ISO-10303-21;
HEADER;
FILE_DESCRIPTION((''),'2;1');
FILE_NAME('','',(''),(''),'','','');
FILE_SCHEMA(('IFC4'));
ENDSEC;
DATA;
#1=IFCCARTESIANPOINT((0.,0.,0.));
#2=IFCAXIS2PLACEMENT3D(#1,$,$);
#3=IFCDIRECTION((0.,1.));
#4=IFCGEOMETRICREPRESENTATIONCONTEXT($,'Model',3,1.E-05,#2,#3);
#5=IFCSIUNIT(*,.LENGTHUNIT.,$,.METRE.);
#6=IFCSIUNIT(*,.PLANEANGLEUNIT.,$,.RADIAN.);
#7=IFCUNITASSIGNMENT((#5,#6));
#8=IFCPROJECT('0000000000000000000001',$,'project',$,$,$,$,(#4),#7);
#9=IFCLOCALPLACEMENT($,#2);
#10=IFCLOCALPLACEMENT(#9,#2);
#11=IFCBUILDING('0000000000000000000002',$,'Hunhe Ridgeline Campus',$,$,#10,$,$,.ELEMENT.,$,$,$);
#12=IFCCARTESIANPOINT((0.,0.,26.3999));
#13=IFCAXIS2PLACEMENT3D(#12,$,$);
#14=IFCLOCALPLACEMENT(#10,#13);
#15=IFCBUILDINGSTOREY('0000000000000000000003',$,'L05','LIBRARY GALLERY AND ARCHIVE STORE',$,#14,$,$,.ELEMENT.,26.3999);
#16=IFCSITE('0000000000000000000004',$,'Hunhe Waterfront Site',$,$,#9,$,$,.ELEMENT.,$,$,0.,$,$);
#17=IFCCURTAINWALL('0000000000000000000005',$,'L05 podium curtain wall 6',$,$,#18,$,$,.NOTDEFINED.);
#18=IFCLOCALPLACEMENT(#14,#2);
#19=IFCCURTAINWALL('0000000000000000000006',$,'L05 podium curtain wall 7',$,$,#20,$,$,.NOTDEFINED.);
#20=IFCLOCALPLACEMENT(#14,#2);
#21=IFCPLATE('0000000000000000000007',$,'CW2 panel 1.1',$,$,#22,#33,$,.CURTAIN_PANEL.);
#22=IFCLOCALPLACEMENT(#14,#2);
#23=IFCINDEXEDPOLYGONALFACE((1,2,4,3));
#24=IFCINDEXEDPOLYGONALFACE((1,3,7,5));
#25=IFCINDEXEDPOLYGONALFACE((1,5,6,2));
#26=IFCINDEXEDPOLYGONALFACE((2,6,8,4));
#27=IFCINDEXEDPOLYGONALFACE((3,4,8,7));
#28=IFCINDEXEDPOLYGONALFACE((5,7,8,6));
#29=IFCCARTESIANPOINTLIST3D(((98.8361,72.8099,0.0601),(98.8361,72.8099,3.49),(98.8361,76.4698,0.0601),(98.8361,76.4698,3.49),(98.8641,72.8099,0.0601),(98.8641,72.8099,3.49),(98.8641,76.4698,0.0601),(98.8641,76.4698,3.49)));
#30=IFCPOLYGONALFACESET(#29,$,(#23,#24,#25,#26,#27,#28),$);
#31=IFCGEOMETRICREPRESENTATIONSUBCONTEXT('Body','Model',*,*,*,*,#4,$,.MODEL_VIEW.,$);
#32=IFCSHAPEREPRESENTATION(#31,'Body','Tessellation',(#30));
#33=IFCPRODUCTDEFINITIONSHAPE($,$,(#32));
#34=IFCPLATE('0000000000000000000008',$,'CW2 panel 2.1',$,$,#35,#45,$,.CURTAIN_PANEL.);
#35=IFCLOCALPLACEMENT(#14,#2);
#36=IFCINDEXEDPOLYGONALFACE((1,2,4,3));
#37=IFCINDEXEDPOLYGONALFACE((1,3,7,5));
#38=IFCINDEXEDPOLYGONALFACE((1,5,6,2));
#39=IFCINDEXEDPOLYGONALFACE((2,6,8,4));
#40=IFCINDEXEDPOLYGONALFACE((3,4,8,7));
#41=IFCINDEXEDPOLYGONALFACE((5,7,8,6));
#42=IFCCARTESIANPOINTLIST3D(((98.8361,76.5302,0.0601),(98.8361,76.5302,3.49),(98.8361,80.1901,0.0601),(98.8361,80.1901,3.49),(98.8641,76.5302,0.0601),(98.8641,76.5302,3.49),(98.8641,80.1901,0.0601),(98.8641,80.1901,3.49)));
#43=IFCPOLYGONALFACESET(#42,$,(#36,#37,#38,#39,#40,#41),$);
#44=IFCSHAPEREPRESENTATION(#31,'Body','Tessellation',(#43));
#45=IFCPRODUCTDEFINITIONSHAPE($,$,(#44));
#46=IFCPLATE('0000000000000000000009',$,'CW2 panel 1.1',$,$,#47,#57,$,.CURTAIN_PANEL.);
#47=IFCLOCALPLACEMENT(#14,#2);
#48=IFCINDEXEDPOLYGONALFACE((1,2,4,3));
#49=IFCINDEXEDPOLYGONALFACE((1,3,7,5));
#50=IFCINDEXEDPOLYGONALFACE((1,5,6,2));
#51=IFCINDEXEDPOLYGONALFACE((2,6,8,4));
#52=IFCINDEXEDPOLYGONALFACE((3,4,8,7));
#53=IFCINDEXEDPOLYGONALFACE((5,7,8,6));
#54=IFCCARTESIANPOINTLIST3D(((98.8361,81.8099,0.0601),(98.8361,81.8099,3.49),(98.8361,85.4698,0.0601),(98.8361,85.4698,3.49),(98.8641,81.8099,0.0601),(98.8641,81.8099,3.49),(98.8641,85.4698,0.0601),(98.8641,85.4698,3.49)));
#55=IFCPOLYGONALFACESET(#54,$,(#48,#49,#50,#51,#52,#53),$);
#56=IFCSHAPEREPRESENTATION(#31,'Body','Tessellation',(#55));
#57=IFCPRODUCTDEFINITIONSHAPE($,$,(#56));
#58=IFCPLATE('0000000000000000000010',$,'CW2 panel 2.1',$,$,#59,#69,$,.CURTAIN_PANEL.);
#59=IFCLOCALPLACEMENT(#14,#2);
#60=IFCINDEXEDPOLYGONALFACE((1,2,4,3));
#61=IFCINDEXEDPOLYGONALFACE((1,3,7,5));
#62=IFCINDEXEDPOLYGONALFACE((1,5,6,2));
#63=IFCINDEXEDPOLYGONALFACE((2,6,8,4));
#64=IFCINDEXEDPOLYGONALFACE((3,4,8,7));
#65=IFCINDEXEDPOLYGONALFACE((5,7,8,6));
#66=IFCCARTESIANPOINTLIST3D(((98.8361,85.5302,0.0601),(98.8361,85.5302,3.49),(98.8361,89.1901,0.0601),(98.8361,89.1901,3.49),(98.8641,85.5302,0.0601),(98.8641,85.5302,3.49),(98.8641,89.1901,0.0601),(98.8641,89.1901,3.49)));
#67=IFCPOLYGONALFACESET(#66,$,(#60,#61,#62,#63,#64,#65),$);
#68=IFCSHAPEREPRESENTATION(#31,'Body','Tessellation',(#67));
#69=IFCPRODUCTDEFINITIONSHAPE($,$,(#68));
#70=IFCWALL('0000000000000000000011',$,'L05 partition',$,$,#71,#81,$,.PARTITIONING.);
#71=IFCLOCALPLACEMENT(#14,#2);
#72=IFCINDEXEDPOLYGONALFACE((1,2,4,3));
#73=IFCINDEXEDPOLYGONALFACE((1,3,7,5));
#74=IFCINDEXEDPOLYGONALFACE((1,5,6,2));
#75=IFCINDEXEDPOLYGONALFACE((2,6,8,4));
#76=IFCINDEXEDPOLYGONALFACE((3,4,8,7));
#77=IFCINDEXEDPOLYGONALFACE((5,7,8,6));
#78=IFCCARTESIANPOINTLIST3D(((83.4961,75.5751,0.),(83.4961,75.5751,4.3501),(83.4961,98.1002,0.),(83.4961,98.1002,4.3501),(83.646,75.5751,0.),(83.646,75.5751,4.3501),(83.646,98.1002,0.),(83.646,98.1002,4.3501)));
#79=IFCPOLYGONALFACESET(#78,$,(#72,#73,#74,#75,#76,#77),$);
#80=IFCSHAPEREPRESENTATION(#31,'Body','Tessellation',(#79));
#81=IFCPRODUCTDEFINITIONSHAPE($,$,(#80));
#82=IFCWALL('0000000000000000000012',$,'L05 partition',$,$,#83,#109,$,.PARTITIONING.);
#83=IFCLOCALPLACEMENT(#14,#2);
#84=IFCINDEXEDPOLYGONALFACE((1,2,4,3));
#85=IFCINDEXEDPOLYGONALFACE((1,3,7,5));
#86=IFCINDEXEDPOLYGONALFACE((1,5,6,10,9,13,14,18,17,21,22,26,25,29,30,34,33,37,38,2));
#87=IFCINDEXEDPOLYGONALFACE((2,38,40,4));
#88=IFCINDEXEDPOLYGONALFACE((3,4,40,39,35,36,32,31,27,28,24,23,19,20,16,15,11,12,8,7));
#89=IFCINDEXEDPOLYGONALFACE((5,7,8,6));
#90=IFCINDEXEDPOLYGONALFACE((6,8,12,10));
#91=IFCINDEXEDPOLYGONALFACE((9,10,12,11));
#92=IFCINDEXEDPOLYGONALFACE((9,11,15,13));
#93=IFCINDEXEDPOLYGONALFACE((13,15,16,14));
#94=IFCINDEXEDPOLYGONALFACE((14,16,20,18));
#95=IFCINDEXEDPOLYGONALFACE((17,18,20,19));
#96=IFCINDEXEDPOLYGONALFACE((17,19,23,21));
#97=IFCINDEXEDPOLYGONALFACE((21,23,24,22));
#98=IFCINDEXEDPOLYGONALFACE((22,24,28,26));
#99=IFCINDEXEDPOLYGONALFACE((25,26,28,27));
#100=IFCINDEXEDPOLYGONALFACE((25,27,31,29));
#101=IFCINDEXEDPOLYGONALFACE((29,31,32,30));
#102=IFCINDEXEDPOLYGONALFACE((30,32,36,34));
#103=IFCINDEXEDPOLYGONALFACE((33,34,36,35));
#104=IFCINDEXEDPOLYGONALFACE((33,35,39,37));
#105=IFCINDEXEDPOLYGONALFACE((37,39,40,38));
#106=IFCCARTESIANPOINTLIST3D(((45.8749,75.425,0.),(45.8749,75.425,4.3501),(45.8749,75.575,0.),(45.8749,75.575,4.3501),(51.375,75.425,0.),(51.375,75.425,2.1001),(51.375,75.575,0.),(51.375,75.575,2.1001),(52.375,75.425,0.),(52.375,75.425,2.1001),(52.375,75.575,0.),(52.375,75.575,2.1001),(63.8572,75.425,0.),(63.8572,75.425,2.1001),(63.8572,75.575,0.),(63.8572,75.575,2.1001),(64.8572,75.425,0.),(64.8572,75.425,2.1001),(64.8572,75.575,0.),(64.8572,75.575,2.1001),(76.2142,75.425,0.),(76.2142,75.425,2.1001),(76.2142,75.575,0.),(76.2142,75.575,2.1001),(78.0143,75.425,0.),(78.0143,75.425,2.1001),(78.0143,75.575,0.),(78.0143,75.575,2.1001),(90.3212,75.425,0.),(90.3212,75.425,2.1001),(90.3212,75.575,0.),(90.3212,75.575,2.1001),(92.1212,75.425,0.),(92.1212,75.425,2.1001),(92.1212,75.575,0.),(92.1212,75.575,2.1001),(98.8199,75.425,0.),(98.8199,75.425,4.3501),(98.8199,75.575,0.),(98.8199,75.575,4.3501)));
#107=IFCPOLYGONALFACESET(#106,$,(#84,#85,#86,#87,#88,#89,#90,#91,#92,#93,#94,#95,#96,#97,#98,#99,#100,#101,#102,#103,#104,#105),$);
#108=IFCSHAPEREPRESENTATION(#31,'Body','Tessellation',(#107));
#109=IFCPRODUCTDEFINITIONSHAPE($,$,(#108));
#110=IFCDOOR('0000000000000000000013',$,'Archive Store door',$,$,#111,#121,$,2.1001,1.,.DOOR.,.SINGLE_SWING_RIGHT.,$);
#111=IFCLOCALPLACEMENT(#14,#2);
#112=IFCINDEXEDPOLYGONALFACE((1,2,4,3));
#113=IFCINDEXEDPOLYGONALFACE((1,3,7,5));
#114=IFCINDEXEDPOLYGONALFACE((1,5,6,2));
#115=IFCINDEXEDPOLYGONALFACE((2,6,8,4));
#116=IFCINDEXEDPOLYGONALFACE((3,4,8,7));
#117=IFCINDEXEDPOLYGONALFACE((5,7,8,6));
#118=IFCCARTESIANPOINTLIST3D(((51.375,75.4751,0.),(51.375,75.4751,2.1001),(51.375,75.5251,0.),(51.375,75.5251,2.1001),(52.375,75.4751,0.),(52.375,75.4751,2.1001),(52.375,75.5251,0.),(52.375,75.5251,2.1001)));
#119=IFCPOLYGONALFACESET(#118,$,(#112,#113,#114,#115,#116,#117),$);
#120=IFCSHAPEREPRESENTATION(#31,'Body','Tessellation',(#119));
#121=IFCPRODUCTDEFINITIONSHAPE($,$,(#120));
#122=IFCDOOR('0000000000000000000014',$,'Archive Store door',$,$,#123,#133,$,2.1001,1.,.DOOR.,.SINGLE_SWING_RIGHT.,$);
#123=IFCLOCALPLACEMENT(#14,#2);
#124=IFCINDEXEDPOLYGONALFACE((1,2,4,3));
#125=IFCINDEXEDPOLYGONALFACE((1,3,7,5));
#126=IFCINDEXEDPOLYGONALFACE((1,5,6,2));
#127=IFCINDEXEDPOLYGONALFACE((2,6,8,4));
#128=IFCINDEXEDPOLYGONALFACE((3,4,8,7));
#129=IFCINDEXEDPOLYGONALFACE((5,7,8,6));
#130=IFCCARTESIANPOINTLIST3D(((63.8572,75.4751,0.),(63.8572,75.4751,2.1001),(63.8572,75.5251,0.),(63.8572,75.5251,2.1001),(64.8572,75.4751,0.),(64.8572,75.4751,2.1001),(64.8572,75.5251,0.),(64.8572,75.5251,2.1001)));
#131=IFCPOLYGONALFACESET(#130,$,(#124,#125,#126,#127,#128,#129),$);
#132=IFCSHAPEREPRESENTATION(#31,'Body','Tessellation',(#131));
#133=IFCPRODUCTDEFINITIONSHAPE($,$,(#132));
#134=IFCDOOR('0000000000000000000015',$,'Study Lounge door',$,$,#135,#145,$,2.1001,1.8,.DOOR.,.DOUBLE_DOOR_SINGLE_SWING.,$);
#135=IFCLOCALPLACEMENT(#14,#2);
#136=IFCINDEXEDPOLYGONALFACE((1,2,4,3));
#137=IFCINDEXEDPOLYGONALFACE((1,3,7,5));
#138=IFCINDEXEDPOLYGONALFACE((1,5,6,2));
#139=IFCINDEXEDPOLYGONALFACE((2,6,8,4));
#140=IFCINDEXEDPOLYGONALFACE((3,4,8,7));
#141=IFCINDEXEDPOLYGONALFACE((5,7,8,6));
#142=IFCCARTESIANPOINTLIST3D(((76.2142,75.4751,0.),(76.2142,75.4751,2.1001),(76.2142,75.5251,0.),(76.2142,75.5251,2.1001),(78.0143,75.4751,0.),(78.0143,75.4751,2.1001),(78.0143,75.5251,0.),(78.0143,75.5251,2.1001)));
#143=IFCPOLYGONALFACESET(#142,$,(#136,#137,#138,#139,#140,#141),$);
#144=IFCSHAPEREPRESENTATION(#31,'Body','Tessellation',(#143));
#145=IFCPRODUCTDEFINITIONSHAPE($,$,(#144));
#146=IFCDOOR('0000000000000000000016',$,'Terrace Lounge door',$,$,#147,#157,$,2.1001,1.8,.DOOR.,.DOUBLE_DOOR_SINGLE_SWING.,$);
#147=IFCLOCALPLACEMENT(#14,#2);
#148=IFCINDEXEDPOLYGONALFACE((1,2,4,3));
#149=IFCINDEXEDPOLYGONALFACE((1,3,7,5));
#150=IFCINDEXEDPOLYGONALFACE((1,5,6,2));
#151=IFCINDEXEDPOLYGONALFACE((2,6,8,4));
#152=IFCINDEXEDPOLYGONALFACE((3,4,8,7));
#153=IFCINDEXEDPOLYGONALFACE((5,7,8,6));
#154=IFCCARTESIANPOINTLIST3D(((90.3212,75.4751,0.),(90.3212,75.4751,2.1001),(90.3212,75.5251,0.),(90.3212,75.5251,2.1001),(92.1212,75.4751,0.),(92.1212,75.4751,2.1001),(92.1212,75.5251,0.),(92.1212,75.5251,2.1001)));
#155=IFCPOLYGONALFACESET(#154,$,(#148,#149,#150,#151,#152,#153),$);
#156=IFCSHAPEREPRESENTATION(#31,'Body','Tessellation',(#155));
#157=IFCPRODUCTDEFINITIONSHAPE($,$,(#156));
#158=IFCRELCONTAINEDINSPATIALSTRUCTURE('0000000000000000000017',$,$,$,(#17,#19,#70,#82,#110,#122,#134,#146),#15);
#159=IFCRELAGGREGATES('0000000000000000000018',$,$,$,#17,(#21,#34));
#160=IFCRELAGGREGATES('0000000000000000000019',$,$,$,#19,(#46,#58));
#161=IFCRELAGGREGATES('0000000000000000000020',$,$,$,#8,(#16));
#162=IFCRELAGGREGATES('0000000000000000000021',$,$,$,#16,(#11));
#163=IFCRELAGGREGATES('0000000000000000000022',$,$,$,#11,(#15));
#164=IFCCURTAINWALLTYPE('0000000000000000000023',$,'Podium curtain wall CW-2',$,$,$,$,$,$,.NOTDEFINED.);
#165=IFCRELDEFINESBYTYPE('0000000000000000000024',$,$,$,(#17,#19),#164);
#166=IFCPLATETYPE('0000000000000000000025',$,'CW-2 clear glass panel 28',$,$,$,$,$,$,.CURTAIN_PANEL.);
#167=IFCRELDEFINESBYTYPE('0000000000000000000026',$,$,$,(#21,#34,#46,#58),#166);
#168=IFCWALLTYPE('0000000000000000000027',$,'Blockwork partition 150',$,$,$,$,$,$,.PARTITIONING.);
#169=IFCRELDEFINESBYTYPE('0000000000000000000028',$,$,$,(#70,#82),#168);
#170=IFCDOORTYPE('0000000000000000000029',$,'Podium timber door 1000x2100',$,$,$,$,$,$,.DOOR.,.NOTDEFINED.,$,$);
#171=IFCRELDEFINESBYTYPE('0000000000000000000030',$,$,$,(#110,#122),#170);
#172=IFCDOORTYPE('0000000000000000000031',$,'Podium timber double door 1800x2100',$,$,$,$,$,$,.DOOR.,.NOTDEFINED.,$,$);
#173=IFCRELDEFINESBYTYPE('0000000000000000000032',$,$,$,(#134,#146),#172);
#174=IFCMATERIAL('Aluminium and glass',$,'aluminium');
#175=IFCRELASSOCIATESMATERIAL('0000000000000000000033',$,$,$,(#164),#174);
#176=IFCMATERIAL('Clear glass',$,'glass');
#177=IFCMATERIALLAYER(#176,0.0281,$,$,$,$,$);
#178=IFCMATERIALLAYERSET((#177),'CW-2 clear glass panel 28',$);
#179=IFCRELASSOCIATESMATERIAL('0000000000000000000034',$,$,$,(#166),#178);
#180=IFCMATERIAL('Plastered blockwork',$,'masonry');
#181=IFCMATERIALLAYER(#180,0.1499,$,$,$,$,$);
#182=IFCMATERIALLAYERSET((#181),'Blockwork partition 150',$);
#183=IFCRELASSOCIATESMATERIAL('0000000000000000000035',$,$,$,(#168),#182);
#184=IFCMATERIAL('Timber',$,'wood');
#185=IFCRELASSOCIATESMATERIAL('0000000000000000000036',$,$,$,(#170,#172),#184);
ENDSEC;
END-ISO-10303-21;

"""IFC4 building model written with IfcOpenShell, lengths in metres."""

from ifc_helpers import new_model, si_unit, direction, frame, frame_2d, origin, origin_2d, place, context, subcontext, project, spatial, rectangle, extrude, material, layer, layer_set, type_object, element, fill, aggregate, save


model = new_model("IFC4")

# Units and contexts
model_context = context("Model", 3, precision=1e-05, world=origin(), true_north=direction((0.0, 1.0)))
body_context = subcontext(model_context, "Body", "Model", "MODEL_VIEW")
ifc_project = project(units=[si_unit("LENGTHUNIT", "METRE"), si_unit("PLANEANGLEUNIT", "RADIAN")], contexts=[model_context])

# Site, building, storey
site_placement = place(None, origin())
site = spatial("IfcSite", under=ifc_project, at=site_placement, Name="Hunhe Waterfront Site", CompositionType="ELEMENT", RefElevation=0.0)
building_placement = place(site_placement, origin())
building = spatial("IfcBuilding", under=site, at=building_placement, Name="Hunhe Ridgeline Campus", CompositionType="ELEMENT")
storey_placement = place(building_placement, frame((0.0, 0.0, 26.3999)))
storey = spatial("IfcBuildingStorey", under=building, at=storey_placement, Name="L05", Description="LIBRARY GALLERY AND ARCHIVE STORE", CompositionType="ELEMENT", Elevation=26.3999)

# Curtain walls
ifc_material_1 = material(Name="Aluminium and glass", Category="aluminium")
curtain_wall_type = type_object("IfcCurtainWallType", Name="Podium curtain wall CW-2", PredefinedType="NOTDEFINED", material=ifc_material_1)
curtain_wall_1_placement = place(storey_placement, origin())
curtain_wall_1 = element("IfcCurtainWall", 1, at=curtain_wall_1_placement, inside=storey, type_object=curtain_wall_type, Name="L05 podium curtain wall 6", PredefinedType="NOTDEFINED")
curtain_wall_2_placement = place(storey_placement, origin())
curtain_wall_2 = element("IfcCurtainWall", 2, at=curtain_wall_2_placement, inside=storey, type_object=curtain_wall_type, Name="L05 podium curtain wall 7", PredefinedType="NOTDEFINED")

# Plates
ifc_material_2 = material(Name="Clear glass", Category="glass")
ifc_layer_1 = layer(ifc_material_2, 0.0281)
ifc_layer_set_1 = layer_set([ifc_layer_1], Name="CW-2 clear glass panel 28")
plate_type = type_object("IfcPlateType", Name="CW-2 clear glass panel 28", PredefinedType="CURTAIN_PANEL", material=ifc_layer_set_1)
plate_1_placement = place(storey_placement, frame((98.8501, 74.6399, 0.0601), z_axis=(0.0, 0.0, 1.0), x_axis=(0.0, 1.0, 0.0)))
plate_1 = element("IfcPlate", 3, at=plate_1_placement, type_object=plate_type, Name="CW2 panel 1.1", PredefinedType="CURTAIN_PANEL", context=body_context, shape_type="SweptSolid", body=[
    extrude(rectangle(XDim=3.6599, YDim=0.0281, at=origin_2d()), origin(), (0.0, 0.0, 1.0), 3.4299),
])
plate_2_placement = place(storey_placement, frame((98.8501, 78.3601, 0.0601), z_axis=(0.0, 0.0, 1.0), x_axis=(0.0, 1.0, 0.0)))
plate_2 = element("IfcPlate", 4, at=plate_2_placement, type_object=plate_type, Name="CW2 panel 2.1", PredefinedType="CURTAIN_PANEL", context=body_context, shape_type="SweptSolid", body=[
    extrude(rectangle(XDim=3.6599, YDim=0.0281, at=origin_2d()), origin(), (0.0, 0.0, 1.0), 3.4299),
])
aggregate(curtain_wall_1, [plate_1, plate_2])
plate_3_placement = place(storey_placement, frame((98.8501, 83.6399, 0.0601), z_axis=(0.0, 0.0, 1.0), x_axis=(0.0, 1.0, 0.0)))
plate_3 = element("IfcPlate", 5, at=plate_3_placement, type_object=plate_type, Name="CW2 panel 1.1", PredefinedType="CURTAIN_PANEL", context=body_context, shape_type="SweptSolid", body=[
    extrude(rectangle(XDim=3.6599, YDim=0.0281, at=origin_2d()), origin(), (0.0, 0.0, 1.0), 3.4299),
])
plate_4_placement = place(storey_placement, frame((98.8501, 87.3601, 0.0601), z_axis=(0.0, 0.0, 1.0), x_axis=(0.0, 1.0, 0.0)))
plate_4 = element("IfcPlate", 6, at=plate_4_placement, type_object=plate_type, Name="CW2 panel 2.1", PredefinedType="CURTAIN_PANEL", context=body_context, shape_type="SweptSolid", body=[
    extrude(rectangle(XDim=3.6599, YDim=0.0281, at=origin_2d()), origin(), (0.0, 0.0, 1.0), 3.4299),
])
aggregate(curtain_wall_2, [plate_3, plate_4])

# Wall
ifc_material_3 = material(Name="Plastered blockwork", Category="masonry")
ifc_layer_2 = layer(ifc_material_3, 0.1499)
ifc_layer_set_2 = layer_set([ifc_layer_2], Name="Blockwork partition 150")
wall_type = type_object("IfcWallType", Name="Blockwork partition 150", PredefinedType="PARTITIONING", material=ifc_layer_set_2)
wall_1_placement = place(storey_placement, frame((83.571, 75.575, 0.0), z_axis=(0.0, 0.0, 1.0), x_axis=(0.0, 1.0, 0.0)))
element("IfcWall", 7, at=wall_1_placement, inside=storey, type_object=wall_type, Name="L05 partition", PredefinedType="PARTITIONING", context=body_context, shape_type="SweptSolid", body=[
    extrude(rectangle(XDim=22.5251, YDim=0.1499, at=frame_2d((11.2627, 0.0))), origin(), (0.0, 0.0, 1.0), 4.3501),
])

# Wall, openings, doors
wall_2_placement = place(storey_placement, frame((98.8201, 75.5, 0.0), z_axis=(0.0, 0.0, 1.0), x_axis=(-1.0, 0.0, 0.0)))
wall_2 = element("IfcWall", 8, at=wall_2_placement, inside=storey, type_object=wall_type, Name="L05 partition", PredefinedType="PARTITIONING", context=body_context, shape_type="SweptSolid", body=[
    extrude(rectangle(XDim=52.9451, YDim=0.1499, at=frame_2d((26.4727, 0.0))), origin(), (0.0, 0.0, 1.0), 4.3501),
])
opening_1_placement = place(wall_2_placement, frame((46.4451, 0.0, 0.0)))
opening_1 = element("IfcOpeningElement", 9, at=opening_1_placement, cuts=wall_2, PredefinedType="OPENING", context=body_context, shape_type="SweptSolid", body=[
    extrude(rectangle(XDim=1.0, YDim=2.1001, at=frame_2d((0.5, 1.05))), frame((0.0, 0.075, 0.0), z_axis=(0.0, -1.0, 0.0), x_axis=(1.0, 0.0, 0.0)), (0.0, 0.0, 1.0), 0.1499),
])
opening_2_placement = place(wall_2_placement, frame((33.9629, 0.0, 0.0)))
opening_2 = element("IfcOpeningElement", 10, at=opening_2_placement, cuts=wall_2, PredefinedType="OPENING", context=body_context, shape_type="SweptSolid", body=[
    extrude(rectangle(XDim=1.0, YDim=2.1001, at=frame_2d((0.5, 1.05))), frame((0.0, 0.075, 0.0), z_axis=(0.0, -1.0, 0.0), x_axis=(1.0, 0.0, 0.0)), (0.0, 0.0, 1.0), 0.1499),
])
opening_3_placement = place(wall_2_placement, frame((20.8059, 0.0, 0.0)))
opening_3 = element("IfcOpeningElement", 11, at=opening_3_placement, cuts=wall_2, PredefinedType="OPENING", context=body_context, shape_type="SweptSolid", body=[
    extrude(rectangle(XDim=1.8, YDim=2.1001, at=frame_2d((0.8999, 1.05))), frame((0.0, 0.075, 0.0), z_axis=(0.0, -1.0, 0.0), x_axis=(1.0, 0.0, 0.0)), (0.0, 0.0, 1.0), 0.1499),
])
opening_4_placement = place(wall_2_placement, frame((6.699, 0.0, 0.0)))
opening_4 = element("IfcOpeningElement", 12, at=opening_4_placement, cuts=wall_2, PredefinedType="OPENING", context=body_context, shape_type="SweptSolid", body=[
    extrude(rectangle(XDim=1.8, YDim=2.1001, at=frame_2d((0.8999, 1.05))), frame((0.0, 0.075, 0.0), z_axis=(0.0, -1.0, 0.0), x_axis=(1.0, 0.0, 0.0)), (0.0, 0.0, 1.0), 0.1499),
])
ifc_material_4 = material(Name="Timber", Category="wood")
door_type_1 = type_object("IfcDoorType", Name="Podium timber door 1000x2100", OperationType="NOTDEFINED", PredefinedType="DOOR", material=ifc_material_4)
door_1_placement = place(opening_1_placement, origin())
door_1 = element("IfcDoor", 13, at=door_1_placement, inside=storey, type_object=door_type_1, Name="Archive Store door", OperationType="SINGLE_SWING_RIGHT", OverallHeight=2.1001, OverallWidth=1.0, PredefinedType="DOOR", context=body_context, shape_type="SweptSolid", body=[
    extrude(rectangle(XDim=1.0, YDim=2.1001, at=frame_2d((0.5, 1.05))), frame((0.0, 0.0249, 0.0), z_axis=(0.0, -1.0, 0.0), x_axis=(1.0, 0.0, 0.0)), (0.0, 0.0, 1.0), 0.05),
])
fill(opening_1, door_1)
door_2_placement = place(opening_2_placement, origin())
door_2 = element("IfcDoor", 14, at=door_2_placement, inside=storey, type_object=door_type_1, Name="Archive Store door", OperationType="SINGLE_SWING_RIGHT", OverallHeight=2.1001, OverallWidth=1.0, PredefinedType="DOOR", context=body_context, shape_type="SweptSolid", body=[
    extrude(rectangle(XDim=1.0, YDim=2.1001, at=frame_2d((0.5, 1.05))), frame((0.0, 0.0249, 0.0), z_axis=(0.0, -1.0, 0.0), x_axis=(1.0, 0.0, 0.0)), (0.0, 0.0, 1.0), 0.05),
])
fill(opening_2, door_2)
door_type_2 = type_object("IfcDoorType", Name="Podium timber double door 1800x2100", OperationType="NOTDEFINED", PredefinedType="DOOR", material=ifc_material_4)
door_3_placement = place(opening_3_placement, origin())
door_3 = element("IfcDoor", 15, at=door_3_placement, inside=storey, type_object=door_type_2, Name="Study Lounge door", OperationType="DOUBLE_DOOR_SINGLE_SWING", OverallHeight=2.1001, OverallWidth=1.8, PredefinedType="DOOR", context=body_context, shape_type="SweptSolid", body=[
    extrude(rectangle(XDim=1.8, YDim=2.1001, at=frame_2d((0.8999, 1.05))), frame((0.0, 0.0249, 0.0), z_axis=(0.0, -1.0, 0.0), x_axis=(1.0, 0.0, 0.0)), (0.0, 0.0, 1.0), 0.05),
])
fill(opening_3, door_3)
door_4_placement = place(opening_4_placement, origin())
door_4 = element("IfcDoor", 16, at=door_4_placement, inside=storey, type_object=door_type_2, Name="Terrace Lounge door", OperationType="DOUBLE_DOOR_SINGLE_SWING", OverallHeight=2.1001, OverallWidth=1.8, PredefinedType="DOOR", context=body_context, shape_type="SweptSolid", body=[
    extrude(rectangle(XDim=1.8, YDim=2.1001, at=frame_2d((0.8999, 1.05))), frame((0.0, 0.0249, 0.0), z_axis=(0.0, -1.0, 0.0), x_axis=(1.0, 0.0, 0.0)), (0.0, 0.0, 1.0), 0.05),
])
fill(opening_4, door_4)

save(model, "model.ifc")
